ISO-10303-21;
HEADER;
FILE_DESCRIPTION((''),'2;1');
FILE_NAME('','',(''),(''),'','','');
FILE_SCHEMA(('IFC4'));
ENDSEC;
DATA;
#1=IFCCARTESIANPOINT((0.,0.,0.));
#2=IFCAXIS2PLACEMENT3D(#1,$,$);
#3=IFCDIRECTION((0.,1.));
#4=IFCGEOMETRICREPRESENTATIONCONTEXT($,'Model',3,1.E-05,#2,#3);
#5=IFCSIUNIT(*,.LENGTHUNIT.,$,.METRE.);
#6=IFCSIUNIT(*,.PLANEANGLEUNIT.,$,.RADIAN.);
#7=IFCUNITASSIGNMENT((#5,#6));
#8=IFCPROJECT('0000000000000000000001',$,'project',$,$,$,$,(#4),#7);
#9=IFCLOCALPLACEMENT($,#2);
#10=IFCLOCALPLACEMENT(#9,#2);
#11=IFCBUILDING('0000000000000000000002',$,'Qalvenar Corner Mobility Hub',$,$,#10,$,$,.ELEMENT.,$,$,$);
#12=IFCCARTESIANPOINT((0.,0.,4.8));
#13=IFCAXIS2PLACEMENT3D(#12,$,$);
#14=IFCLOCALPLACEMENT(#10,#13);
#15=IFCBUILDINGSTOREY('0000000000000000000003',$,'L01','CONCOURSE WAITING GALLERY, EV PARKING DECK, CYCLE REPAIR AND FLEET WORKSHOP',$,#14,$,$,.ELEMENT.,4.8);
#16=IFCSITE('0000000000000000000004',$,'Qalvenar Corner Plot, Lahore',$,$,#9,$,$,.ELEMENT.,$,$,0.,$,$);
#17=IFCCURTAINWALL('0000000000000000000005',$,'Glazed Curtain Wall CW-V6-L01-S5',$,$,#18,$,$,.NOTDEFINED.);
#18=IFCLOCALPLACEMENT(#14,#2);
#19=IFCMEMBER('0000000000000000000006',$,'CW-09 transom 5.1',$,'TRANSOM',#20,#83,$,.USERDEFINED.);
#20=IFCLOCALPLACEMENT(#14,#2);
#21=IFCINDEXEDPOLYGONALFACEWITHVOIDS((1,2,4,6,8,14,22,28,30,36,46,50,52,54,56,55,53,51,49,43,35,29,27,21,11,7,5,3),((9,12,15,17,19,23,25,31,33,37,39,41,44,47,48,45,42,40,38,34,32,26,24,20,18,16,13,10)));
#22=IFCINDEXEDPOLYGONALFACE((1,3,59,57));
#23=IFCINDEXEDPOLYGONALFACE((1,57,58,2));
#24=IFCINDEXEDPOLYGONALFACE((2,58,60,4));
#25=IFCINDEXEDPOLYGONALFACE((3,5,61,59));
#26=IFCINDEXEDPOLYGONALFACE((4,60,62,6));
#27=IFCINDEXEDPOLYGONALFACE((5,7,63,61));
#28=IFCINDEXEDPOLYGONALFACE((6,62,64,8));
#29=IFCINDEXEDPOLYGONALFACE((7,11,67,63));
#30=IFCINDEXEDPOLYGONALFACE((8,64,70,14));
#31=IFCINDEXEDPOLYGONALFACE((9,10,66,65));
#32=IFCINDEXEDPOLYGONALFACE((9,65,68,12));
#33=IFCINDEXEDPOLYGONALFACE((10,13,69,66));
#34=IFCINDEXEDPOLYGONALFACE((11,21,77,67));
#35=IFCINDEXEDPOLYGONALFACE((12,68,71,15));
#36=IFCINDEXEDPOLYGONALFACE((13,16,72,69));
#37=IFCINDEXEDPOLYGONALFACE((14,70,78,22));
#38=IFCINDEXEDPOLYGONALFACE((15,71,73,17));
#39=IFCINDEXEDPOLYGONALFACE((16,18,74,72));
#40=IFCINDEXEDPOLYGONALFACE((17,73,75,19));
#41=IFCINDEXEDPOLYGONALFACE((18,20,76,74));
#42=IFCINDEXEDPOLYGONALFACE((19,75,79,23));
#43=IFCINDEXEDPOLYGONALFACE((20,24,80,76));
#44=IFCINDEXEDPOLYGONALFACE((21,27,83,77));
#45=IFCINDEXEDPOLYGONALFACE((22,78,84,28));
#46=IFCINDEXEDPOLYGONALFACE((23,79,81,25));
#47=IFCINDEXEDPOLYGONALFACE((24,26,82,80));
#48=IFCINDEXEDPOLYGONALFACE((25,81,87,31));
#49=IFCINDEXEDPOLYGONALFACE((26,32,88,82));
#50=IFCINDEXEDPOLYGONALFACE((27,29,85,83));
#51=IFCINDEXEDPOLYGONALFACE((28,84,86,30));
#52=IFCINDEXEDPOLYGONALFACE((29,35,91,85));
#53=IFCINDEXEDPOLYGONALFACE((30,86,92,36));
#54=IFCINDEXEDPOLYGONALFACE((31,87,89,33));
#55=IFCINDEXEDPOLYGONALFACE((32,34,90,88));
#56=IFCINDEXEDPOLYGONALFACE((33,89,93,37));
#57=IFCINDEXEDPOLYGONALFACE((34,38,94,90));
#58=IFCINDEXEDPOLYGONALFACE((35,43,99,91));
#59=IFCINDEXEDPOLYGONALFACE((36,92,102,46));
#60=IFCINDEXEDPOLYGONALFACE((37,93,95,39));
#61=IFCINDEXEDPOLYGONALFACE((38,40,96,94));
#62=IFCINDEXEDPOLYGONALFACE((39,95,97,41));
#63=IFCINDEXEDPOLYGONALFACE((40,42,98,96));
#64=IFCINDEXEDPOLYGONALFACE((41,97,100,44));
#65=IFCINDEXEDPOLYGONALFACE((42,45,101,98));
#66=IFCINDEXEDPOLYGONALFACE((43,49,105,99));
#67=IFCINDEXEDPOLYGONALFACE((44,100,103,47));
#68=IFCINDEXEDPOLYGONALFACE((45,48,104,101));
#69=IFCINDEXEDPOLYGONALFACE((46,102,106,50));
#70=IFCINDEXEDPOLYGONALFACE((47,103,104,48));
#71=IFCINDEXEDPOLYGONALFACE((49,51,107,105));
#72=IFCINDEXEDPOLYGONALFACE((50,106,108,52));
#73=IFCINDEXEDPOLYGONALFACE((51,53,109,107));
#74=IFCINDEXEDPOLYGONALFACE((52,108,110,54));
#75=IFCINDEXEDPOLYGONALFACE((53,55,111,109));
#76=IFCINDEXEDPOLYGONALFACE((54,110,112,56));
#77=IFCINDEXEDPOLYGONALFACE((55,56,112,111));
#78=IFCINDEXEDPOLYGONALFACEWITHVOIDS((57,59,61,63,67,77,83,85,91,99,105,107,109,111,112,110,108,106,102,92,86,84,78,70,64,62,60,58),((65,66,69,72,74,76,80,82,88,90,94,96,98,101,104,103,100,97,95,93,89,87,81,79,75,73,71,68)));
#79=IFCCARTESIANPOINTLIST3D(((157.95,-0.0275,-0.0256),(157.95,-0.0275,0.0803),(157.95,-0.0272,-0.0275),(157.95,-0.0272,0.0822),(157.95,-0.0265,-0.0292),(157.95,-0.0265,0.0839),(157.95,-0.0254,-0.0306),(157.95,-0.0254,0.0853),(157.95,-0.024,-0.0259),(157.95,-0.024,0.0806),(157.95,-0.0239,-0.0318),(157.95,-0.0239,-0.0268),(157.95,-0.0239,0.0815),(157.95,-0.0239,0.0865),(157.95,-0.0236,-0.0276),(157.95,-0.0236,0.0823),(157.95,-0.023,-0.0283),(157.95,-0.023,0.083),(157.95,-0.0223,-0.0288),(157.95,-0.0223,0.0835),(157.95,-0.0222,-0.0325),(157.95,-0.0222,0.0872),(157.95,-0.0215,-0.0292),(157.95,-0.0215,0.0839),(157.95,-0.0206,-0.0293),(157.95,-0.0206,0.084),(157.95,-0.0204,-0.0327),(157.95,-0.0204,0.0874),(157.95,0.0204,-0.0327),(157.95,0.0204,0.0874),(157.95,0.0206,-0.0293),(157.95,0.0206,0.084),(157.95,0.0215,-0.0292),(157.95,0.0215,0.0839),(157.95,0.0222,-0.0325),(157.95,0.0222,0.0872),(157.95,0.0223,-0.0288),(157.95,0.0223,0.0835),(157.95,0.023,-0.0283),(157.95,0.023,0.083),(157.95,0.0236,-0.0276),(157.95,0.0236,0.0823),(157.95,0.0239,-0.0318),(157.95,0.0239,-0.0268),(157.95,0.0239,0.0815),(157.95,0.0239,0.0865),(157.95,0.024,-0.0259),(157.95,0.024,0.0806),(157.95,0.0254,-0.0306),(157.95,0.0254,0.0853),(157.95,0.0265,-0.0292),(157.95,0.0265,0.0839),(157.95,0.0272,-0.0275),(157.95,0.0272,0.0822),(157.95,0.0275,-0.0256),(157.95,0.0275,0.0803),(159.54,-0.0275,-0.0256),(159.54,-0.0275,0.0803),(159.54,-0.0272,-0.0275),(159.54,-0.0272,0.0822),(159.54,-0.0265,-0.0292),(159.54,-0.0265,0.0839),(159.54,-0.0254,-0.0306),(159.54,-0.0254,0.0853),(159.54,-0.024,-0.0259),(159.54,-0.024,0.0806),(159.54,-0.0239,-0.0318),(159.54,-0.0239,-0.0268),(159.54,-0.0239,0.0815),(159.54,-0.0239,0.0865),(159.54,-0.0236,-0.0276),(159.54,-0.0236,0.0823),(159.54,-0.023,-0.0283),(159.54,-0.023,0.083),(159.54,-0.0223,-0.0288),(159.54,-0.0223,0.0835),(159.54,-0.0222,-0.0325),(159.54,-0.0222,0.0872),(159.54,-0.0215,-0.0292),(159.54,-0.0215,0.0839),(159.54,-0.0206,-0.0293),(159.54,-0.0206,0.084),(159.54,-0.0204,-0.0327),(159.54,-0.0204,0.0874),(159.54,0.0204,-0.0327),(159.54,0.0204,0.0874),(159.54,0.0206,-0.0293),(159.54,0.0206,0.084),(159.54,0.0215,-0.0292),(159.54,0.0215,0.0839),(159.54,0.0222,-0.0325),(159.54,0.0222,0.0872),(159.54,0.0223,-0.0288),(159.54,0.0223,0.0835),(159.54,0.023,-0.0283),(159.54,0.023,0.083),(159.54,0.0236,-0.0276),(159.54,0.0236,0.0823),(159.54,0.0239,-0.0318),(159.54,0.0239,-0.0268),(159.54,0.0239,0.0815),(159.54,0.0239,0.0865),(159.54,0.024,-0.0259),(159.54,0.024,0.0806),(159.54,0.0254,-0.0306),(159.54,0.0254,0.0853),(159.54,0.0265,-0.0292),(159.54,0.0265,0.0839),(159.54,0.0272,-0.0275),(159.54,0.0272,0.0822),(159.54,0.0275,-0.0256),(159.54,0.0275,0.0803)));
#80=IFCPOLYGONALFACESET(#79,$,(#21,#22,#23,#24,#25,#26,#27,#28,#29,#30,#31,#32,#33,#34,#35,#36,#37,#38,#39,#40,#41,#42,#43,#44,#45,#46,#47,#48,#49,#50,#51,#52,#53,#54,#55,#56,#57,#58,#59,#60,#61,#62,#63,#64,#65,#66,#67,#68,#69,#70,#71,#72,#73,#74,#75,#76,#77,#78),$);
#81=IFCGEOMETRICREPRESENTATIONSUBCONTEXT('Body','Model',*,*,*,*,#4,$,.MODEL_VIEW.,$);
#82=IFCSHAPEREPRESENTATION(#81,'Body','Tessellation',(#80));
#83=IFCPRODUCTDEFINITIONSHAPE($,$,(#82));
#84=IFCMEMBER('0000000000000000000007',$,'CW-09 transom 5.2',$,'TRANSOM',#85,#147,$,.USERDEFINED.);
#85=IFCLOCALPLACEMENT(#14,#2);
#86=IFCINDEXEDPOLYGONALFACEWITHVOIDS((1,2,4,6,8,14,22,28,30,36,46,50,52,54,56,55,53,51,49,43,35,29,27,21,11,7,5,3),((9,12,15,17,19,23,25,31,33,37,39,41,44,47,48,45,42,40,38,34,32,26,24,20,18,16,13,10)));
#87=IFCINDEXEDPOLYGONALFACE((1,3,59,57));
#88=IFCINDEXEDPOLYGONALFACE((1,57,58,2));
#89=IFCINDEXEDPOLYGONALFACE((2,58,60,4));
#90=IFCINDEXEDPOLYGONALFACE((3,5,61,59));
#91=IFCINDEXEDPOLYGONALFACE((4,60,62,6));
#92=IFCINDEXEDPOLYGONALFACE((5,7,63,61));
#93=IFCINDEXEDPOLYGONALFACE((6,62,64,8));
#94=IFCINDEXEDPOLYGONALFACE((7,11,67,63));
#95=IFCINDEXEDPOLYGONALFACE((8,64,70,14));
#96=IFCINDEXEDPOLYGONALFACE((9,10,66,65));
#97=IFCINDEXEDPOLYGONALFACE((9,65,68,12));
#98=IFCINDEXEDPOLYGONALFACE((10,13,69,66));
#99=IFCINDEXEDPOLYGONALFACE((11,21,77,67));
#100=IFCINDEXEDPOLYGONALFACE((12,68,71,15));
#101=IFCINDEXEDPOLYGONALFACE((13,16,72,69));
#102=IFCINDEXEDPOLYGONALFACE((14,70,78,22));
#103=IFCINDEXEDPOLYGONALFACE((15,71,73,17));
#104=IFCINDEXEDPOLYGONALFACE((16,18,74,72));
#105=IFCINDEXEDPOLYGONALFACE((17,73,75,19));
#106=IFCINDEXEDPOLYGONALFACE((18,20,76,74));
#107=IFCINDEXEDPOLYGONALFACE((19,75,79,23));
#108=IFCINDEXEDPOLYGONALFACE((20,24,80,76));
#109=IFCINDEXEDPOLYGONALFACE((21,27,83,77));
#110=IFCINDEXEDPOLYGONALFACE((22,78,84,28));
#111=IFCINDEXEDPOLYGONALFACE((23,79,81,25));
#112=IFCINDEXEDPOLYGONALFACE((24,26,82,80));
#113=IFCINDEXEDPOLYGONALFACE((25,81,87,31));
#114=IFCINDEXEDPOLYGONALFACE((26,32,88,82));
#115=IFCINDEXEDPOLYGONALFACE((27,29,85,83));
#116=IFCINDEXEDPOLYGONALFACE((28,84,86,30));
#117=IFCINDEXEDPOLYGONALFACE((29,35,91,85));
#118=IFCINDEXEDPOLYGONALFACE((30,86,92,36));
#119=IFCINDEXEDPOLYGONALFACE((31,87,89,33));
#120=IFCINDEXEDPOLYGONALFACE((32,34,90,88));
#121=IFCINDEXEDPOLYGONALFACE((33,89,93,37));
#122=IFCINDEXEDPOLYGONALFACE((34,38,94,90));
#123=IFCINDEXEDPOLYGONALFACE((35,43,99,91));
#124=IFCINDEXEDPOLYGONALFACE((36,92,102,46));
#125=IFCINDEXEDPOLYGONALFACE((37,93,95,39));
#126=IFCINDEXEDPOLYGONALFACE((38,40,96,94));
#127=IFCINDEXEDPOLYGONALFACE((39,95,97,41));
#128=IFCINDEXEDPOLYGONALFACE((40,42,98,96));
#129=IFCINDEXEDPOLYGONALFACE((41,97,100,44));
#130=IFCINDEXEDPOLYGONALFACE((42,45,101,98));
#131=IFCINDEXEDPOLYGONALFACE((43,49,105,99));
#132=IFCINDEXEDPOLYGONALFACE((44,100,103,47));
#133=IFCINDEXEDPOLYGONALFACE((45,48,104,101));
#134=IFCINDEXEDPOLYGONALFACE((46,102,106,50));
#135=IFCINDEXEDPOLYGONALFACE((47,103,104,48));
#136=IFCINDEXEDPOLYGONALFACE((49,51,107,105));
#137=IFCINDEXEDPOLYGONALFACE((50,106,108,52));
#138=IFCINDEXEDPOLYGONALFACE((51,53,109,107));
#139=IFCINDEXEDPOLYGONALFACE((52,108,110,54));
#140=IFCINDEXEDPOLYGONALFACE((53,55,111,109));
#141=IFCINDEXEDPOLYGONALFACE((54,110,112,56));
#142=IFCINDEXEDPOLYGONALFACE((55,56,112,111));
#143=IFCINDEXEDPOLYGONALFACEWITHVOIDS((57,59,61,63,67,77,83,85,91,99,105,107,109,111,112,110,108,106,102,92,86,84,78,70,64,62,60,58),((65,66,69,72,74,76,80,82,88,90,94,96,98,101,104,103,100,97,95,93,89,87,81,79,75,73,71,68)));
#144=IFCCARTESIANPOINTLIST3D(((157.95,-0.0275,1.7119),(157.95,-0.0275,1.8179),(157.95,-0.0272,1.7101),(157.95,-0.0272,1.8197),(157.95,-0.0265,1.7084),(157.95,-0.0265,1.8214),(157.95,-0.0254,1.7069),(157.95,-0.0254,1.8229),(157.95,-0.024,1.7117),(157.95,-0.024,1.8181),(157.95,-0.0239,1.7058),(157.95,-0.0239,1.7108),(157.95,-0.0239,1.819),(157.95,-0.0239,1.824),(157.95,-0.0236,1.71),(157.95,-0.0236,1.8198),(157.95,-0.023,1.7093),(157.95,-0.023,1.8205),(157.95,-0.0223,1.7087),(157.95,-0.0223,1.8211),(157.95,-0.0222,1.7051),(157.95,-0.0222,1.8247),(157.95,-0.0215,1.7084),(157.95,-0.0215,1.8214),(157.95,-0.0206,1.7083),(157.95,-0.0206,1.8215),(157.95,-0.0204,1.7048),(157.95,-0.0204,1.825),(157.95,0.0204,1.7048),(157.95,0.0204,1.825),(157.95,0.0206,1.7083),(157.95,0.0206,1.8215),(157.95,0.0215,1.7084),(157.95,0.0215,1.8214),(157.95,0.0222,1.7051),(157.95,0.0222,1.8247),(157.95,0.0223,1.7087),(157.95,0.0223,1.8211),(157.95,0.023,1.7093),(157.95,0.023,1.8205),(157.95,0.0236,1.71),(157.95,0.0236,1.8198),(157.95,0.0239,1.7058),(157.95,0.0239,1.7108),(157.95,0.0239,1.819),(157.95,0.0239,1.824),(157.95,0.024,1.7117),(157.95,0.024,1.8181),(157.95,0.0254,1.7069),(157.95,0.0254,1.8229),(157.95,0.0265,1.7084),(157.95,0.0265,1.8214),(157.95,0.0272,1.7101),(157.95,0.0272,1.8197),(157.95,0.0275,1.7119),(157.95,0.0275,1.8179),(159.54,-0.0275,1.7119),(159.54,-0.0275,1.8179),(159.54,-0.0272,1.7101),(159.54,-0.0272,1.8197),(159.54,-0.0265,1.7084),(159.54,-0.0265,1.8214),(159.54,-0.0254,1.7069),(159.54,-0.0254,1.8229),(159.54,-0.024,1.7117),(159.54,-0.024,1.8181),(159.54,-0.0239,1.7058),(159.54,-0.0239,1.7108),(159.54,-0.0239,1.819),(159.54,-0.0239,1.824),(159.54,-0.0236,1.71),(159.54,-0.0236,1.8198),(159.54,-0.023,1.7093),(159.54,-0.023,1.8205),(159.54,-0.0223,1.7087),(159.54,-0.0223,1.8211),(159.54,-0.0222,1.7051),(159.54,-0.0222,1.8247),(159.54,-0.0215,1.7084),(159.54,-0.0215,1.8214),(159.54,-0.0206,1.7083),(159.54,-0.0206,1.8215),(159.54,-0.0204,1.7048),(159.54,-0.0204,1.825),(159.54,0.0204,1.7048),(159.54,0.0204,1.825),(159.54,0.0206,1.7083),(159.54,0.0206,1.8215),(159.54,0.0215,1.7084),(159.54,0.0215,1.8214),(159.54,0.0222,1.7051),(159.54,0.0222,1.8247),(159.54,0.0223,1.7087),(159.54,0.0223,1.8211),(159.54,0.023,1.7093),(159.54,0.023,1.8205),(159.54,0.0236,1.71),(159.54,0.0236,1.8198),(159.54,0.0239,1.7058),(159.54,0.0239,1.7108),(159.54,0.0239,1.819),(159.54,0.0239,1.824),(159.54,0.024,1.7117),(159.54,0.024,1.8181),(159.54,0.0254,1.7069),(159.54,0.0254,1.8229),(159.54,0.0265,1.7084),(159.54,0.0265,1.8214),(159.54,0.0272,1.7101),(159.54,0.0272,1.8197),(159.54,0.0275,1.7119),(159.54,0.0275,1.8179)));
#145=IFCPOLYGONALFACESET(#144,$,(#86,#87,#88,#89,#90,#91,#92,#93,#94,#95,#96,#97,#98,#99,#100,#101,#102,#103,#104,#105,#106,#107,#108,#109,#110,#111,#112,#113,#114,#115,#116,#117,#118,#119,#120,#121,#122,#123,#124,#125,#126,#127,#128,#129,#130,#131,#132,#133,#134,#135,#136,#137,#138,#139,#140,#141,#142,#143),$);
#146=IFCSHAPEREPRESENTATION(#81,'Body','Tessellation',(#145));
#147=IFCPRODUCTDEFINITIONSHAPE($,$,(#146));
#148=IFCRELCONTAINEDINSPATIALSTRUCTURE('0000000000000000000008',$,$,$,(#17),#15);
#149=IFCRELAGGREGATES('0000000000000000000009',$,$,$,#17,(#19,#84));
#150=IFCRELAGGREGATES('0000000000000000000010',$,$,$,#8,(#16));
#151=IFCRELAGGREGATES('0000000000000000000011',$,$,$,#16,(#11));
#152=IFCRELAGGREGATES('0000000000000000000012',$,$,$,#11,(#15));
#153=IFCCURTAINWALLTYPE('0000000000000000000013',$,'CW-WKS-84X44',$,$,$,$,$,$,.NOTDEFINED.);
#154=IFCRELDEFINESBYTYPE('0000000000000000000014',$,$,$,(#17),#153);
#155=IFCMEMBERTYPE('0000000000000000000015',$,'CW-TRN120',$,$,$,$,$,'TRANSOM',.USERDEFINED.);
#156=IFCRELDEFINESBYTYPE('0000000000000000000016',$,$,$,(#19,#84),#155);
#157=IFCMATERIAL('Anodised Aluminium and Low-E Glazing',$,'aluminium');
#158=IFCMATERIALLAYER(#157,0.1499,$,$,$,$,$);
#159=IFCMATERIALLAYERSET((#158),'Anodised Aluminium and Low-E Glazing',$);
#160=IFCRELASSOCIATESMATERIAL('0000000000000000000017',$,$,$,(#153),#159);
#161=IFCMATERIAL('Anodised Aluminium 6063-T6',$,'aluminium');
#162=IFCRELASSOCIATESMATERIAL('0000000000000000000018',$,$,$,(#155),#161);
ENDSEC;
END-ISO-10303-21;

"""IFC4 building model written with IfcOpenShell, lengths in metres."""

from ifc_helpers import new_model, si_unit, direction, frame, origin, origin_2d, place, context, subcontext, project, spatial, hollow_rectangle, extrude, material, layer, layer_set, material_profile, profile_set, type_object, element, aggregate, save


model = new_model("IFC4")

# Units and contexts
model_context = context("Model", 3, precision=1e-05, world=origin(), true_north=direction((0.0, 1.0)))
body_context = subcontext(model_context, "Body", "Model", "MODEL_VIEW")
ifc_project = project(units=[si_unit("LENGTHUNIT", "METRE"), si_unit("PLANEANGLEUNIT", "RADIAN")], contexts=[model_context])

# Site, building, storey
site_placement = place(None, origin())
site = spatial("IfcSite", under=ifc_project, at=site_placement, Name="Qalvenar Corner Plot, Lahore", CompositionType="ELEMENT", RefElevation=0.0)
building_placement = place(site_placement, origin())
building = spatial("IfcBuilding", under=site, at=building_placement, Name="Qalvenar Corner Mobility Hub", CompositionType="ELEMENT")
storey_placement = place(building_placement, frame((0.0, 0.0, 4.8)))
storey = spatial("IfcBuildingStorey", under=building, at=storey_placement, Name="L01", Description="CONCOURSE WAITING GALLERY, EV PARKING DECK, CYCLE REPAIR AND FLEET WORKSHOP", CompositionType="ELEMENT", Elevation=4.8)

# Curtain wall, members
ifc_material_1 = material(Name="Anodised Aluminium and Low-E Glazing", Category="aluminium")
ifc_layer_1 = layer(ifc_material_1, 0.1499)
ifc_layer_set_1 = layer_set([ifc_layer_1], Name="Anodised Aluminium and Low-E Glazing")
curtain_wall_type = type_object("IfcCurtainWallType", Name="CW-WKS-84X44", PredefinedType="NOTDEFINED", material=ifc_layer_set_1)
curtain_wall_placement = place(storey_placement, origin())
curtain_wall = element("IfcCurtainWall", 1, at=curtain_wall_placement, inside=storey, type_object=curtain_wall_type, Name="Glazed Curtain Wall CW-V6-L01-S5", PredefinedType="NOTDEFINED")
ifc_material_2 = material(Name="Anodised Aluminium 6063-T6", Category="aluminium")
ifc_material_profile_1 = material_profile(ifc_material_2, hollow_rectangle(XDim=0.0549, YDim=0.1201, WallThickness=0.0034, InnerFilletRadius=0.0034, OuterFilletRadius=0.0071, at=origin_2d()), Name="RHS120x55x3.5")
ifc_profile_set_1 = profile_set([ifc_material_profile_1], Name="Anodised Aluminium 6063-T6")
member_type_1 = type_object("IfcMemberType", Name="CW-TRN120", ElementType="TRANSOM", PredefinedType="USERDEFINED", material=ifc_profile_set_1)
member_1_placement = place(storey_placement, frame((157.95, 0.0, 0.0273), z_axis=(1.0, 0.0, 0.0), x_axis=(0.0, 1.0, 0.0)))
member_1 = element("IfcMember", 2, at=member_1_placement, type_object=member_type_1, Name="CW-09 transom 5.1", ObjectType="TRANSOM", PredefinedType="USERDEFINED", context=body_context, shape_type="SweptSolid", body=[
    extrude(hollow_rectangle(XDim=0.0549, YDim=0.1201, WallThickness=0.0034, InnerFilletRadius=0.0034, OuterFilletRadius=0.0071, at=origin_2d()), origin(), (0.0, 0.0, 1.0), 1.5901),
])
member_2_placement = place(storey_placement, frame((157.95, 0.0, 1.7649), z_axis=(1.0, 0.0, 0.0), x_axis=(0.0, 1.0, 0.0)))
member_2 = element("IfcMember", 3, at=member_2_placement, type_object=member_type_1, Name="CW-09 transom 5.2", ObjectType="TRANSOM", PredefinedType="USERDEFINED", context=body_context, shape_type="SweptSolid", body=[
    extrude(hollow_rectangle(XDim=0.0549, YDim=0.1201, WallThickness=0.0034, InnerFilletRadius=0.0034, OuterFilletRadius=0.0071, at=origin_2d()), origin(), (0.0, 0.0, 1.0), 1.5901),
])
aggregate(curtain_wall, [member_1, member_2])

save(model, "model.ifc")
